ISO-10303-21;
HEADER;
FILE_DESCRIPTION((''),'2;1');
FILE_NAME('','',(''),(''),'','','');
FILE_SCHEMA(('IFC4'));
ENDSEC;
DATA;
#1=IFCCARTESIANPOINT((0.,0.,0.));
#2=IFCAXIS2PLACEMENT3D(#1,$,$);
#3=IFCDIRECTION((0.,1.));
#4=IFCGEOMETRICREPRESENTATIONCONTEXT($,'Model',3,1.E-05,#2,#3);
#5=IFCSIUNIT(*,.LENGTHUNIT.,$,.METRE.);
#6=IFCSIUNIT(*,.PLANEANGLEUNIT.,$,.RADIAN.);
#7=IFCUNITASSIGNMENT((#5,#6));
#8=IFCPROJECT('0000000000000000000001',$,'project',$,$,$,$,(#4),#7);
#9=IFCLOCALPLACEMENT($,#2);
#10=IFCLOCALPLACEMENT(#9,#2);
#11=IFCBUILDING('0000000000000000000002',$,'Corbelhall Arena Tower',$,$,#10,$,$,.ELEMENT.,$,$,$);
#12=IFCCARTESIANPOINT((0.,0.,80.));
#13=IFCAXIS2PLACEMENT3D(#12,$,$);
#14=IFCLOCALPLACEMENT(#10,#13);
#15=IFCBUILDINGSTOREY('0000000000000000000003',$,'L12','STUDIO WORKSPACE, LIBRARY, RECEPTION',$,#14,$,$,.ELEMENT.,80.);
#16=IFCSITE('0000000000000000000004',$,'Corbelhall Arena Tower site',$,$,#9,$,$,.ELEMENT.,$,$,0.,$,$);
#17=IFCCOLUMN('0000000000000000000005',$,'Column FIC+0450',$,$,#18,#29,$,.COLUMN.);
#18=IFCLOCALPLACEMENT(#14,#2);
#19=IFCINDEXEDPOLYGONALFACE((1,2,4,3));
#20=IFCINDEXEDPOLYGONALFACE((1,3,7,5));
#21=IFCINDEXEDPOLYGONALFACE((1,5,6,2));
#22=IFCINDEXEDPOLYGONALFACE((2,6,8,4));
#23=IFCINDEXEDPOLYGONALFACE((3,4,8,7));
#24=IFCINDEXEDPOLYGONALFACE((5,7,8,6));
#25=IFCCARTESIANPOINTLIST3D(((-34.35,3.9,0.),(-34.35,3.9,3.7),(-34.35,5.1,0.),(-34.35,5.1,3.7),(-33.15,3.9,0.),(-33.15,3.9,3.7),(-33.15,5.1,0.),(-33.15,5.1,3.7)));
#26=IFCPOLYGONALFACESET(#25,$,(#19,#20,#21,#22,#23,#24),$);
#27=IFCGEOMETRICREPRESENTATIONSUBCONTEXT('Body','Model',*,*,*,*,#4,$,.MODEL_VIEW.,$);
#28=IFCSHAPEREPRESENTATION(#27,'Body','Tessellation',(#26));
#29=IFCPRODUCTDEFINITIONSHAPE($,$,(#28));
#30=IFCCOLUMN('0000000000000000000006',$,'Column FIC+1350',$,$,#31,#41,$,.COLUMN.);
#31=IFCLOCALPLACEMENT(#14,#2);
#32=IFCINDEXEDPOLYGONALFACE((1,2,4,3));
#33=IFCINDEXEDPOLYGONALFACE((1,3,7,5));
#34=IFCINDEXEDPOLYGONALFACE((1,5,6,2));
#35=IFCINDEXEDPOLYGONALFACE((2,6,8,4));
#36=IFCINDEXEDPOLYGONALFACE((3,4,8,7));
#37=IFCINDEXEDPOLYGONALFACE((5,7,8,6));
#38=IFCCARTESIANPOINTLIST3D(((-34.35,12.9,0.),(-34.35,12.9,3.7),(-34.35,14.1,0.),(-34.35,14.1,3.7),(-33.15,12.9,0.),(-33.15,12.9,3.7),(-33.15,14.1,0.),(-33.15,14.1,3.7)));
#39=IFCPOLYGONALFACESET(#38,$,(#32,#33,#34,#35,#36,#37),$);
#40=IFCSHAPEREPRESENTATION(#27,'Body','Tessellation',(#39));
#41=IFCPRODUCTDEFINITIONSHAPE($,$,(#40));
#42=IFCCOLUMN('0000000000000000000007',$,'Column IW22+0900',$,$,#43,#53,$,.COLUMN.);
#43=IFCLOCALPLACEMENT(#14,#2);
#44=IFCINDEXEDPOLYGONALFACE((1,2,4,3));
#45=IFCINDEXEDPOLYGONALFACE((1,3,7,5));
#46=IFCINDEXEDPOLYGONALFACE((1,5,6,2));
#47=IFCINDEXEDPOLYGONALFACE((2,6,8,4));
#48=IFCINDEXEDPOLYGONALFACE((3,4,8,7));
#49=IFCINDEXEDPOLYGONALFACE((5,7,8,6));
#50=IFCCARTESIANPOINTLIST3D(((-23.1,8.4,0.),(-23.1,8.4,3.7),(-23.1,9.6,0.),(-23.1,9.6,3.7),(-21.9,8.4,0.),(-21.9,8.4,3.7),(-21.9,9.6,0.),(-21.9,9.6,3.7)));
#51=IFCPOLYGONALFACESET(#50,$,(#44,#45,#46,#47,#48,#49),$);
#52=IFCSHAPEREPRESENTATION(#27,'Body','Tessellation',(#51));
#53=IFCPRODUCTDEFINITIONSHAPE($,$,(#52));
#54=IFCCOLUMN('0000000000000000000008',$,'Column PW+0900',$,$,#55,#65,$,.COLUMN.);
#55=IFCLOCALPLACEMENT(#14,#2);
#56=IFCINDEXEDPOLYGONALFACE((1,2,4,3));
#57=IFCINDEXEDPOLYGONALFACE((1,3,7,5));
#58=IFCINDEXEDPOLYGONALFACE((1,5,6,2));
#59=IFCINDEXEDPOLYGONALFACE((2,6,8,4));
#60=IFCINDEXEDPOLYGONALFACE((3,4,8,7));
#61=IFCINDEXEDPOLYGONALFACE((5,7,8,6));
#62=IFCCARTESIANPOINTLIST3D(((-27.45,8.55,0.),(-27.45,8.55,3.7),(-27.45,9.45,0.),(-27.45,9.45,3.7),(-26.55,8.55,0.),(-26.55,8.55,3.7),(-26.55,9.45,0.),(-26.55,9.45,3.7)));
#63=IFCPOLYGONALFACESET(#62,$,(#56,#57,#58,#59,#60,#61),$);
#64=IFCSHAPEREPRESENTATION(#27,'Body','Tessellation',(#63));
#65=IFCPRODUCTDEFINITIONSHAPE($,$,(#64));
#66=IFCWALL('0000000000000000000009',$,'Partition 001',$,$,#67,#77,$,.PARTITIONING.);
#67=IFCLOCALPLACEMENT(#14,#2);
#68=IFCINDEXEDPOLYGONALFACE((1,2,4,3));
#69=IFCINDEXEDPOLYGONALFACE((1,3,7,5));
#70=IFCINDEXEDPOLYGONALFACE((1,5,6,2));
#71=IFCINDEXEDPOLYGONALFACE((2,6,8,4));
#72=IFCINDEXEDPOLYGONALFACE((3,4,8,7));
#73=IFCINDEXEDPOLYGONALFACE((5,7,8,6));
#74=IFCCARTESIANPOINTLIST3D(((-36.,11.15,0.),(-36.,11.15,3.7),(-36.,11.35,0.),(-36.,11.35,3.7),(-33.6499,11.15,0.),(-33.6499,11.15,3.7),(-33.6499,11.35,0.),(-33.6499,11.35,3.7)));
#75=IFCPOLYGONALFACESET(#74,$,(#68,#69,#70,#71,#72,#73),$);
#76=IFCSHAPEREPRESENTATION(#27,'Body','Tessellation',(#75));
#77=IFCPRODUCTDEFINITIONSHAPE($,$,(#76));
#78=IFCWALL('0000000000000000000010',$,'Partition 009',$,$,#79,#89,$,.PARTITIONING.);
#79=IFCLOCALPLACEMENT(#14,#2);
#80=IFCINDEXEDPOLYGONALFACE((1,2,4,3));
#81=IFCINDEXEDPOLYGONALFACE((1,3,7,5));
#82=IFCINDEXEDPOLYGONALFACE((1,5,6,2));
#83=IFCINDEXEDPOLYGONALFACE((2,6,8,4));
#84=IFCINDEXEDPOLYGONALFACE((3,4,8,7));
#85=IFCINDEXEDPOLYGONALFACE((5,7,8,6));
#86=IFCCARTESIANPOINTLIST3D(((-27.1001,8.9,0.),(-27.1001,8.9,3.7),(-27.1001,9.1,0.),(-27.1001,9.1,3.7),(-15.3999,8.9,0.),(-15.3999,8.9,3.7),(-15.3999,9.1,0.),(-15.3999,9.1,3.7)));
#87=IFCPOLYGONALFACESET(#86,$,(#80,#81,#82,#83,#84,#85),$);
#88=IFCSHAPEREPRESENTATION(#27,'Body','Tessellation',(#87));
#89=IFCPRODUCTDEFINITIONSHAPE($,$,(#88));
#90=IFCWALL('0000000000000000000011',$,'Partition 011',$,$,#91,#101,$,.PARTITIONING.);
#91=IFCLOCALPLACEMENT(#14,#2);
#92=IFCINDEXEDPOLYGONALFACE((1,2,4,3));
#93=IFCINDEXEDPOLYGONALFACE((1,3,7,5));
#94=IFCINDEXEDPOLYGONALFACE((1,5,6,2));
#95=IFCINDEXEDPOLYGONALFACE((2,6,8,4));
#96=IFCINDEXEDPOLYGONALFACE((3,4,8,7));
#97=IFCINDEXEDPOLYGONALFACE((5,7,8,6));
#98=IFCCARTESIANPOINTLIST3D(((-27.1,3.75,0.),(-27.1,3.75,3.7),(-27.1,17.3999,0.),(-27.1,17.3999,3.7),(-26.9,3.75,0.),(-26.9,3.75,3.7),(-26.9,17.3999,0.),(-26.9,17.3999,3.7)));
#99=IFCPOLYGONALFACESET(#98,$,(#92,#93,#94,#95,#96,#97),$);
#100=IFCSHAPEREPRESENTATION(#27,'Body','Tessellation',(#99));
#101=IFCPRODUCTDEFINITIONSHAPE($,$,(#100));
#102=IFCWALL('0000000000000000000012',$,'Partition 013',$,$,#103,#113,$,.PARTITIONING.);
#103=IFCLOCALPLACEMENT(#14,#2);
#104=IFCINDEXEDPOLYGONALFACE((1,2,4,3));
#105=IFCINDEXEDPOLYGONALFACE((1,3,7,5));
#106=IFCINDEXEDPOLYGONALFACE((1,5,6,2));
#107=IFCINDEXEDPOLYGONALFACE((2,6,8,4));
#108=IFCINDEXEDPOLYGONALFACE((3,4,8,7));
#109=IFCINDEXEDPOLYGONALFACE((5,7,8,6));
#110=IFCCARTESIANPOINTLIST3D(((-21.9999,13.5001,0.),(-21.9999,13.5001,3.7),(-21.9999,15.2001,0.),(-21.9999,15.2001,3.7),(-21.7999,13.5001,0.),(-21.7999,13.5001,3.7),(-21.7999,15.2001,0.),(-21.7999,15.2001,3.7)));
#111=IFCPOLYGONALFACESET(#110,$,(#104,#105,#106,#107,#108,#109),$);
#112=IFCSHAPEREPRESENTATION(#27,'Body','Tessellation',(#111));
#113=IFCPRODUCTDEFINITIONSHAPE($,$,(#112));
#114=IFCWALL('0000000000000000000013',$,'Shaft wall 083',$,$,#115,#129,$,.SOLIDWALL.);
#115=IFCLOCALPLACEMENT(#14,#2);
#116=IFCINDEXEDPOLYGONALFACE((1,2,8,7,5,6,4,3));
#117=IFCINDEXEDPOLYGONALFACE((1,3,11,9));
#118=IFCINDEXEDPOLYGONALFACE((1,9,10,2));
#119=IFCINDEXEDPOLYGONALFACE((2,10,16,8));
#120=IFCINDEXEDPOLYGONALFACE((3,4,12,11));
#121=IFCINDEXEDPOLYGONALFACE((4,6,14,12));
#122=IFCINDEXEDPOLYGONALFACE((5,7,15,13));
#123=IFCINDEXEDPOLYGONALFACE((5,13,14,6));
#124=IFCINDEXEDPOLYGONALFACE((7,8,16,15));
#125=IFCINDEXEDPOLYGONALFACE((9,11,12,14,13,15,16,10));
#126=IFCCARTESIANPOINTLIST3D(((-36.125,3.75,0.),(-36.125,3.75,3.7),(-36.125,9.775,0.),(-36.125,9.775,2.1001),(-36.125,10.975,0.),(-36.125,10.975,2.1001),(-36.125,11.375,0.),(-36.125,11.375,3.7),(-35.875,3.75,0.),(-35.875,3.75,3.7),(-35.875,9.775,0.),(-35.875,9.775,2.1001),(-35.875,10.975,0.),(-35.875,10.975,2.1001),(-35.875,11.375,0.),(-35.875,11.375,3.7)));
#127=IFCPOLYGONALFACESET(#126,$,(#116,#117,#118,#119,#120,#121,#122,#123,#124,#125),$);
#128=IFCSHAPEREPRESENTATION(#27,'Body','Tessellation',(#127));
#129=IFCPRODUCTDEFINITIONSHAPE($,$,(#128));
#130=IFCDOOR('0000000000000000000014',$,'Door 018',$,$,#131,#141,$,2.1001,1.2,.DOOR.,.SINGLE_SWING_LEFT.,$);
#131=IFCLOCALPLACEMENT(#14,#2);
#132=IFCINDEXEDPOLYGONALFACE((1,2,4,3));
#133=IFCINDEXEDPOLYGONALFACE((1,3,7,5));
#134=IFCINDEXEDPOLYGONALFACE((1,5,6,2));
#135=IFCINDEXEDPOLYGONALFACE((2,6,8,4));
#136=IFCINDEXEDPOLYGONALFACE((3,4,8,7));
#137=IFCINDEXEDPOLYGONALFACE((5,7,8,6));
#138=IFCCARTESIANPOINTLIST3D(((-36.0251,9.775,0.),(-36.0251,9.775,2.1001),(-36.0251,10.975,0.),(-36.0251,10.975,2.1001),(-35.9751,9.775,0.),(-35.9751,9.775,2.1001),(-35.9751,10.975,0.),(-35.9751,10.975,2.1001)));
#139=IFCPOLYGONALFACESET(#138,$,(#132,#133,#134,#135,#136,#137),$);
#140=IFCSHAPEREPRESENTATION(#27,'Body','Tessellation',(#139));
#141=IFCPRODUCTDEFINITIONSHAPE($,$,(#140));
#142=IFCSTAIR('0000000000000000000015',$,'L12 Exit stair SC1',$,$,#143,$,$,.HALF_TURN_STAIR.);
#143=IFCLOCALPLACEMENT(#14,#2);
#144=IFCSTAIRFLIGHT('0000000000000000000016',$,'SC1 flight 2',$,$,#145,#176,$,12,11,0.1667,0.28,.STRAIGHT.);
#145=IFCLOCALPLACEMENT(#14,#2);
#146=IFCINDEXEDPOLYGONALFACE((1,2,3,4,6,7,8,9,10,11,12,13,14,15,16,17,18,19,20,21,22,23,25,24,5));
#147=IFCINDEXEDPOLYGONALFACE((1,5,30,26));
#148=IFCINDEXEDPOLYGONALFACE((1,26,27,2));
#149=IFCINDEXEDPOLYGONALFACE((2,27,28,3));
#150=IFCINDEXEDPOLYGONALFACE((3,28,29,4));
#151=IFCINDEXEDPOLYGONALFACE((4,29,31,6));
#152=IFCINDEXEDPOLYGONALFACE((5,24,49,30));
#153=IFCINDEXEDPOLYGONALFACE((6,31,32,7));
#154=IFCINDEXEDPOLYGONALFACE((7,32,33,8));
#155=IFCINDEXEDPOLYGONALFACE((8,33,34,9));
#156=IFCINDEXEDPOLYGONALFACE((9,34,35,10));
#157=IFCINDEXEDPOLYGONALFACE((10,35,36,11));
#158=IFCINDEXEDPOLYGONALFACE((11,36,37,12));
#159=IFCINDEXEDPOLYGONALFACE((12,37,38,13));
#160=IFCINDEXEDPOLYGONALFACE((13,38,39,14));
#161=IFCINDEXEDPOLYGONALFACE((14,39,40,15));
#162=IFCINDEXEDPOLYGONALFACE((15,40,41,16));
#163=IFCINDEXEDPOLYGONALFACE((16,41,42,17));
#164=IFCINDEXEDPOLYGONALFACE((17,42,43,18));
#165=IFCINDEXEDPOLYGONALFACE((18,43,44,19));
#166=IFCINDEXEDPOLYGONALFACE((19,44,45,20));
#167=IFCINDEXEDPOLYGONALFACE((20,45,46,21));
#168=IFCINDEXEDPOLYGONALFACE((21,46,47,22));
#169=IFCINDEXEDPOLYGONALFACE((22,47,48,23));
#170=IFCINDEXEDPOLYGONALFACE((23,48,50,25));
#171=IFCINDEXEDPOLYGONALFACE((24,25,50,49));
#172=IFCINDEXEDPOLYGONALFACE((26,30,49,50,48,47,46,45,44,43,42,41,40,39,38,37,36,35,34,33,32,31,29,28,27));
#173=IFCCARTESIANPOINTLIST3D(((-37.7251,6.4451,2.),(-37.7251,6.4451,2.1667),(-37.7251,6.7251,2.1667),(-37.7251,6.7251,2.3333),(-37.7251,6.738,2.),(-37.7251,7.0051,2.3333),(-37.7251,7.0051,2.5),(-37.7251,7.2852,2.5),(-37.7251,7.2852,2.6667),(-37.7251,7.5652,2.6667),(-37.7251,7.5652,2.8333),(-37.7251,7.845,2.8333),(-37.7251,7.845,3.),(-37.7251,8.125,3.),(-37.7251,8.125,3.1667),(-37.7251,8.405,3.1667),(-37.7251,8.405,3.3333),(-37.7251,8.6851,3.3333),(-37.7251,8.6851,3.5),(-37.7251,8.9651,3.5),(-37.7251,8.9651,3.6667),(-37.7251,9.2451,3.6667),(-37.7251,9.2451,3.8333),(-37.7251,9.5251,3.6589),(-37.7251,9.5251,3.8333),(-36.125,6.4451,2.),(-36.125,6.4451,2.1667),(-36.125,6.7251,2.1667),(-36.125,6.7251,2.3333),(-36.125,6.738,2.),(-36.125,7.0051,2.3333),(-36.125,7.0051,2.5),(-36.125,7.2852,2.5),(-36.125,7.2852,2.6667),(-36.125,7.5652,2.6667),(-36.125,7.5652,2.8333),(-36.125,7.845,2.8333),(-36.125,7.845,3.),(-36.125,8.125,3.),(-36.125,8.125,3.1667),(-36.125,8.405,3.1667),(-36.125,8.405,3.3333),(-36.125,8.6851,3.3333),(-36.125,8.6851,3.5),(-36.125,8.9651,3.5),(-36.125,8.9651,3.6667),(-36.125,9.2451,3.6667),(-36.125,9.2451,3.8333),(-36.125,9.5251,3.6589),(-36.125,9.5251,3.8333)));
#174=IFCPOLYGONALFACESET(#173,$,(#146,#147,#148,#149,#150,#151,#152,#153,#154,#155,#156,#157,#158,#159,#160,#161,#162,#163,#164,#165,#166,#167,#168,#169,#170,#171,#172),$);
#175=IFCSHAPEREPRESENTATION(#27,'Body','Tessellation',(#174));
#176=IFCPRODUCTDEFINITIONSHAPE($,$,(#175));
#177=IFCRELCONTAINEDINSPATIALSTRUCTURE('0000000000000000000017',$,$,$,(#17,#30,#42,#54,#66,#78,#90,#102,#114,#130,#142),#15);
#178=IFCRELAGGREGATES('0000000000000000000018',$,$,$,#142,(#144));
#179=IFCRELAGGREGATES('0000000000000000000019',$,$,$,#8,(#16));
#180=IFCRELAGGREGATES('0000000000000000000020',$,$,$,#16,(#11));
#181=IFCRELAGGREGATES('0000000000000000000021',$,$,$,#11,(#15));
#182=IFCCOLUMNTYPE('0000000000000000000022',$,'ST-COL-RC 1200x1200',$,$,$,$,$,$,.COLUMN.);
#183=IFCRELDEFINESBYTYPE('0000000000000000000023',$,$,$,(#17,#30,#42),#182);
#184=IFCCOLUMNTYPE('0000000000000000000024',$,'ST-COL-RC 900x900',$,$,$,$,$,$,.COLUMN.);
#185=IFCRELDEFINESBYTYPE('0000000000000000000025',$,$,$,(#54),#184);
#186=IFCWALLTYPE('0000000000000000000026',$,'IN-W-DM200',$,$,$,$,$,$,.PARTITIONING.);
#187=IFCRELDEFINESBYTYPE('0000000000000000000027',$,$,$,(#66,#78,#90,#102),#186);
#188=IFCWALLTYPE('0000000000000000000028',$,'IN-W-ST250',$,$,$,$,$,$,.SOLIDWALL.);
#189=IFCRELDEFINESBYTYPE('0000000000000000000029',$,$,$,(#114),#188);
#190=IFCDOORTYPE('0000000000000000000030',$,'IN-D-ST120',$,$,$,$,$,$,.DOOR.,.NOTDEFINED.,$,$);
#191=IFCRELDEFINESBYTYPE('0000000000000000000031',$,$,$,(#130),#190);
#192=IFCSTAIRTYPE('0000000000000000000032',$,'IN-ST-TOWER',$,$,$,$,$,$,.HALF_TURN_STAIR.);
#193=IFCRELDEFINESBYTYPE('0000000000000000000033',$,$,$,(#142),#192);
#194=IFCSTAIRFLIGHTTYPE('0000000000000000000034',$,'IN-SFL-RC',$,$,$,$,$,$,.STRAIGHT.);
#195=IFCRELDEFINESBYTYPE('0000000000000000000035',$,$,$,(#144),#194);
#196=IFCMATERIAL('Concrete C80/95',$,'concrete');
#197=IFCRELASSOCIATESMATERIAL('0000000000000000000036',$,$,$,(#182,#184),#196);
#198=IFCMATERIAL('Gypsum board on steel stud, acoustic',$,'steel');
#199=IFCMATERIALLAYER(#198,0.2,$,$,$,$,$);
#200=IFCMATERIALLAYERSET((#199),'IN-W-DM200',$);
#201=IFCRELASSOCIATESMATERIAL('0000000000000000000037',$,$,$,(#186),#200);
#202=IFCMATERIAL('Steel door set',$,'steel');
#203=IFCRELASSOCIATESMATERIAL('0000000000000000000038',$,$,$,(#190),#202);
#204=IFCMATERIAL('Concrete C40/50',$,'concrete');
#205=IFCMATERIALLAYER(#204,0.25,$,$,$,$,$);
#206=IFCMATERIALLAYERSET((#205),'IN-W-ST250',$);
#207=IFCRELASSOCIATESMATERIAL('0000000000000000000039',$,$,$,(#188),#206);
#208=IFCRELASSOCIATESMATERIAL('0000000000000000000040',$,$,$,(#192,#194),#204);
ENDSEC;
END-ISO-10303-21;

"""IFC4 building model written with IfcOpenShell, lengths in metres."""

from ifc_helpers import new_model, si_unit, direction, frame, frame_2d, origin, origin_2d, place, context, subcontext, project, spatial, polyline, rectangle, outline, extrude, material, layer, layer_set, material_profile, profile_set, type_object, element, fill, aggregate, save


model = new_model("IFC4")

# Units and contexts
model_context = context("Model", 3, precision=1e-05, world=origin(), true_north=direction((0.0, 1.0)))
body_context = subcontext(model_context, "Body", "Model", "MODEL_VIEW")
ifc_project = project(units=[si_unit("LENGTHUNIT", "METRE"), si_unit("PLANEANGLEUNIT", "RADIAN")], contexts=[model_context])

# Site, building, storey
site_placement = place(None, origin())
site = spatial("IfcSite", under=ifc_project, at=site_placement, Name="Corbelhall Arena Tower site", CompositionType="ELEMENT", RefElevation=0.0)
building_placement = place(site_placement, origin())
building = spatial("IfcBuilding", under=site, at=building_placement, Name="Corbelhall Arena Tower", CompositionType="ELEMENT")
storey_placement = place(building_placement, frame((0.0, 0.0, 80.0)))
storey = spatial("IfcBuildingStorey", under=building, at=storey_placement, Name="L12", Description="STUDIO WORKSPACE, LIBRARY, RECEPTION", CompositionType="ELEMENT", Elevation=80.0)

# Columns
ifc_material_1 = material(Name="Concrete C80/95", Category="concrete")
ifc_material_profile_1 = material_profile(ifc_material_1, rectangle(XDim=1.2, YDim=1.2, at=origin_2d()))
ifc_profile_set_1 = profile_set([ifc_material_profile_1], Name="Concrete C80/95")
column_type_1 = type_object("IfcColumnType", Name="ST-COL-RC 1200x1200", PredefinedType="COLUMN", material=ifc_profile_set_1)
for number, where, z_axis, x_axis, name in (
    (1, (-33.75, 4.5, 0.0), (0.0, 0.0, 1.0), (1.0, 0.0, 0.0), "Column FIC+0450"),
    (2, (-33.75, 13.5, 0.0), (0.0, 0.0, 1.0), (1.0, 0.0, 0.0), "Column FIC+1350"),
    (3, (-22.5, 9.0, 0.0), (0.0, 0.0, 1.0), (1.0, 0.0, 0.0), "Column IW22+0900"),
):
    element("IfcColumn", number, at=place(storey_placement, frame(where, z_axis=z_axis, x_axis=x_axis)), inside=storey, type_object=column_type_1, Name=name, PredefinedType="COLUMN", context=body_context, shape_type="SweptSolid", body=[
        extrude(rectangle(XDim=1.2, YDim=1.2, at=origin_2d()), origin(), (0.0, 0.0, 1.0), 3.7),
    ])
ifc_material_profile_2 = material_profile(ifc_material_1, rectangle(XDim=0.8999, YDim=0.8999, at=origin_2d()))
ifc_profile_set_2 = profile_set([ifc_material_profile_2], Name="Concrete C80/95")
column_type_2 = type_object("IfcColumnType", Name="ST-COL-RC 900x900", PredefinedType="COLUMN", material=ifc_profile_set_2)
column_placement = place(storey_placement, frame((-27.0, 9.0, 0.0), z_axis=(0.0, 0.0, 1.0), x_axis=(1.0, 0.0, 0.0)))
element("IfcColumn", 4, at=column_placement, inside=storey, type_object=column_type_2, Name="Column PW+0900", PredefinedType="COLUMN", context=body_context, shape_type="SweptSolid", body=[
    extrude(rectangle(XDim=0.8999, YDim=0.8999, at=origin_2d()), origin(), (0.0, 0.0, 1.0), 3.7),
])

# Wall
ifc_material_2 = material(Name="Gypsum board on steel stud, acoustic", Category="steel")
ifc_layer_1 = layer(ifc_material_2, 0.2)
ifc_layer_set_1 = layer_set([ifc_layer_1], Name="IN-W-DM200")
wall_type_1 = type_object("IfcWallType", Name="IN-W-DM200", PredefinedType="PARTITIONING", material=ifc_layer_set_1)
wall_1_placement = place(storey_placement, frame((-36.0, 11.25, 0.0), z_axis=(0.0, 0.0, 1.0), x_axis=(1.0, 0.0, 0.0)))
element("IfcWall", 5, at=wall_1_placement, inside=storey, type_object=wall_type_1, Name="Partition 001", PredefinedType="PARTITIONING", context=body_context, shape_type="SweptSolid", body=[
    extrude(rectangle(XDim=2.3501, YDim=0.2, at=frame_2d((1.175, 0.0))), origin(), (0.0, 0.0, 1.0), 3.7),
])

# Shared definitions
ifc_material_3 = material(Name="Steel door set", Category="steel")

# Walls
wall_2_placement = place(storey_placement, frame((-27.1001, 9.0, 0.0), z_axis=(0.0, 0.0, 1.0), x_axis=(1.0, 0.0, 0.0)))
element("IfcWall", 6, at=wall_2_placement, inside=storey, type_object=wall_type_1, Name="Partition 009", PredefinedType="PARTITIONING", context=body_context, shape_type="SweptSolid", body=[
    extrude(rectangle(XDim=11.7002, YDim=0.2, at=frame_2d((5.8501, 0.0))), origin(), (0.0, 0.0, 1.0), 3.7),
])
wall_3_placement = place(storey_placement, frame((-27.0, 3.75, 0.0), z_axis=(0.0, 0.0, 1.0), x_axis=(0.0, 1.0, 0.0)))
element("IfcWall", 7, at=wall_3_placement, inside=storey, type_object=wall_type_1, Name="Partition 011", PredefinedType="PARTITIONING", context=body_context, shape_type="SweptSolid", body=[
    extrude(rectangle(XDim=13.6499, YDim=0.2, at=frame_2d((6.825, 0.0))), origin(), (0.0, 0.0, 1.0), 3.7),
])
wall_4_placement = place(storey_placement, frame((-21.8999, 13.5, 0.0), z_axis=(0.0, 0.0, 1.0), x_axis=(0.0, 1.0, 0.0)))
element("IfcWall", 8, at=wall_4_placement, inside=storey, type_object=wall_type_1, Name="Partition 013", PredefinedType="PARTITIONING", context=body_context, shape_type="SweptSolid", body=[
    extrude(rectangle(XDim=1.7, YDim=0.2, at=frame_2d((0.8501, 0.0))), origin(), (0.0, 0.0, 1.0), 3.7),
])

# Wall, opening, door
ifc_material_4 = material(Name="Concrete C40/50", Category="concrete")
door_type_1 = type_object("IfcDoorType", Name="IN-D-ST120", OperationType="NOTDEFINED", PredefinedType="DOOR", material=ifc_material_3)
ifc_layer_2 = layer(ifc_material_4, 0.25)
ifc_layer_set_2 = layer_set([ifc_layer_2], Name="IN-W-ST250")
wall_type_2 = type_object("IfcWallType", Name="IN-W-ST250", PredefinedType="SOLIDWALL", material=ifc_layer_set_2)
wall_5_placement = place(storey_placement, frame((-36.0, 11.375, 0.0), z_axis=(0.0, 0.0, 1.0), x_axis=(0.0, -1.0, 0.0)))
wall_5 = element("IfcWall", 9, at=wall_5_placement, inside=storey, type_object=wall_type_2, Name="Shaft wall 083", PredefinedType="SOLIDWALL", context=body_context, shape_type="SweptSolid", body=[
    extrude(rectangle(XDim=7.625, YDim=0.25, at=frame_2d((3.8125, 0.0))), origin(), (0.0, 0.0, 1.0), 3.7),
])
opening_1_placement = place(wall_5_placement, frame((0.3999, 0.0, 0.0)))
opening_1 = element("IfcOpeningElement", 10, at=opening_1_placement, cuts=wall_5, PredefinedType="OPENING", context=body_context, shape_type="SweptSolid", body=[
    extrude(rectangle(XDim=1.2, YDim=2.1001, at=frame_2d((0.6001, 1.05))), frame((0.0, 0.125, 0.0), z_axis=(0.0, -1.0, 0.0), x_axis=(1.0, 0.0, 0.0)), (0.0, 0.0, 1.0), 0.25),
])
door_1_placement = place(opening_1_placement, origin())
door_1 = element("IfcDoor", 11, at=door_1_placement, inside=storey, type_object=door_type_1, Name="Door 018", OperationType="SINGLE_SWING_LEFT", OverallHeight=2.1001, OverallWidth=1.2, PredefinedType="DOOR", context=body_context, shape_type="SweptSolid", body=[
    extrude(rectangle(XDim=1.2, YDim=2.1001, at=frame_2d((0.6001, 1.05))), frame((0.0, 0.0249, 0.0), z_axis=(0.0, -1.0, 0.0), x_axis=(1.0, 0.0, 0.0)), (0.0, 0.0, 1.0), 0.05),
])
fill(opening_1, door_1)

# Stair, stair flight
stair_type = type_object("IfcStairType", Name="IN-ST-TOWER", PredefinedType="HALF_TURN_STAIR", material=ifc_material_4)
stair_placement = place(storey_placement, origin())
stair = element("IfcStair", 12, at=stair_placement, inside=storey, type_object=stair_type, Name="L12 Exit stair SC1", PredefinedType="HALF_TURN_STAIR")
stair_flight_type = type_object("IfcStairFlightType", Name="IN-SFL-RC", PredefinedType="STRAIGHT", material=ifc_material_4)
stair_flight_placement = place(storey_placement, frame((-36.925, 6.4451, 2.0), z_axis=(0.0, 0.0, 1.0), x_axis=(0.0, 1.0, 0.0)))
stair_flight = element("IfcStairFlight", 13, at=stair_flight_placement, type_object=stair_flight_type, Name="SC1 flight 2", NumberOfRisers=12, NumberOfTreads=11, PredefinedType="STRAIGHT", RiserHeight=0.1667, TreadLength=0.28, context=body_context, shape_type="SweptSolid", body=[
    extrude(outline(polyline([(0.0, 0.0), (0.0, 0.1667), (0.28, 0.1667), (0.28, 0.3333), (0.5601, 0.3333), (0.5601, 0.5), (0.8401, 0.5), (0.8401, 0.6667), (1.1201, 0.6667), (1.1201, 0.8333), (1.3999, 0.8333), (1.3999, 1.0), (1.6799, 1.0), (1.6799, 1.1667), (1.96, 1.1667), (1.96, 1.3333), (2.24, 1.3333), (2.24, 1.5), (2.52, 1.5), (2.52, 1.6667), (2.8, 1.6667), (2.8, 1.8333), (3.0801, 1.8333), (3.0801, 2.0), (3.0801, 1.6589), (0.293, 0.0), (0.0, 0.0)])), frame((0.0, 0.8, 0.0), z_axis=(0.0, -1.0, 0.0), x_axis=(1.0, 0.0, 0.0)), (0.0, 0.0, 1.0), 1.6001),
])
aggregate(stair, [stair_flight])

save(model, "model.ifc")
